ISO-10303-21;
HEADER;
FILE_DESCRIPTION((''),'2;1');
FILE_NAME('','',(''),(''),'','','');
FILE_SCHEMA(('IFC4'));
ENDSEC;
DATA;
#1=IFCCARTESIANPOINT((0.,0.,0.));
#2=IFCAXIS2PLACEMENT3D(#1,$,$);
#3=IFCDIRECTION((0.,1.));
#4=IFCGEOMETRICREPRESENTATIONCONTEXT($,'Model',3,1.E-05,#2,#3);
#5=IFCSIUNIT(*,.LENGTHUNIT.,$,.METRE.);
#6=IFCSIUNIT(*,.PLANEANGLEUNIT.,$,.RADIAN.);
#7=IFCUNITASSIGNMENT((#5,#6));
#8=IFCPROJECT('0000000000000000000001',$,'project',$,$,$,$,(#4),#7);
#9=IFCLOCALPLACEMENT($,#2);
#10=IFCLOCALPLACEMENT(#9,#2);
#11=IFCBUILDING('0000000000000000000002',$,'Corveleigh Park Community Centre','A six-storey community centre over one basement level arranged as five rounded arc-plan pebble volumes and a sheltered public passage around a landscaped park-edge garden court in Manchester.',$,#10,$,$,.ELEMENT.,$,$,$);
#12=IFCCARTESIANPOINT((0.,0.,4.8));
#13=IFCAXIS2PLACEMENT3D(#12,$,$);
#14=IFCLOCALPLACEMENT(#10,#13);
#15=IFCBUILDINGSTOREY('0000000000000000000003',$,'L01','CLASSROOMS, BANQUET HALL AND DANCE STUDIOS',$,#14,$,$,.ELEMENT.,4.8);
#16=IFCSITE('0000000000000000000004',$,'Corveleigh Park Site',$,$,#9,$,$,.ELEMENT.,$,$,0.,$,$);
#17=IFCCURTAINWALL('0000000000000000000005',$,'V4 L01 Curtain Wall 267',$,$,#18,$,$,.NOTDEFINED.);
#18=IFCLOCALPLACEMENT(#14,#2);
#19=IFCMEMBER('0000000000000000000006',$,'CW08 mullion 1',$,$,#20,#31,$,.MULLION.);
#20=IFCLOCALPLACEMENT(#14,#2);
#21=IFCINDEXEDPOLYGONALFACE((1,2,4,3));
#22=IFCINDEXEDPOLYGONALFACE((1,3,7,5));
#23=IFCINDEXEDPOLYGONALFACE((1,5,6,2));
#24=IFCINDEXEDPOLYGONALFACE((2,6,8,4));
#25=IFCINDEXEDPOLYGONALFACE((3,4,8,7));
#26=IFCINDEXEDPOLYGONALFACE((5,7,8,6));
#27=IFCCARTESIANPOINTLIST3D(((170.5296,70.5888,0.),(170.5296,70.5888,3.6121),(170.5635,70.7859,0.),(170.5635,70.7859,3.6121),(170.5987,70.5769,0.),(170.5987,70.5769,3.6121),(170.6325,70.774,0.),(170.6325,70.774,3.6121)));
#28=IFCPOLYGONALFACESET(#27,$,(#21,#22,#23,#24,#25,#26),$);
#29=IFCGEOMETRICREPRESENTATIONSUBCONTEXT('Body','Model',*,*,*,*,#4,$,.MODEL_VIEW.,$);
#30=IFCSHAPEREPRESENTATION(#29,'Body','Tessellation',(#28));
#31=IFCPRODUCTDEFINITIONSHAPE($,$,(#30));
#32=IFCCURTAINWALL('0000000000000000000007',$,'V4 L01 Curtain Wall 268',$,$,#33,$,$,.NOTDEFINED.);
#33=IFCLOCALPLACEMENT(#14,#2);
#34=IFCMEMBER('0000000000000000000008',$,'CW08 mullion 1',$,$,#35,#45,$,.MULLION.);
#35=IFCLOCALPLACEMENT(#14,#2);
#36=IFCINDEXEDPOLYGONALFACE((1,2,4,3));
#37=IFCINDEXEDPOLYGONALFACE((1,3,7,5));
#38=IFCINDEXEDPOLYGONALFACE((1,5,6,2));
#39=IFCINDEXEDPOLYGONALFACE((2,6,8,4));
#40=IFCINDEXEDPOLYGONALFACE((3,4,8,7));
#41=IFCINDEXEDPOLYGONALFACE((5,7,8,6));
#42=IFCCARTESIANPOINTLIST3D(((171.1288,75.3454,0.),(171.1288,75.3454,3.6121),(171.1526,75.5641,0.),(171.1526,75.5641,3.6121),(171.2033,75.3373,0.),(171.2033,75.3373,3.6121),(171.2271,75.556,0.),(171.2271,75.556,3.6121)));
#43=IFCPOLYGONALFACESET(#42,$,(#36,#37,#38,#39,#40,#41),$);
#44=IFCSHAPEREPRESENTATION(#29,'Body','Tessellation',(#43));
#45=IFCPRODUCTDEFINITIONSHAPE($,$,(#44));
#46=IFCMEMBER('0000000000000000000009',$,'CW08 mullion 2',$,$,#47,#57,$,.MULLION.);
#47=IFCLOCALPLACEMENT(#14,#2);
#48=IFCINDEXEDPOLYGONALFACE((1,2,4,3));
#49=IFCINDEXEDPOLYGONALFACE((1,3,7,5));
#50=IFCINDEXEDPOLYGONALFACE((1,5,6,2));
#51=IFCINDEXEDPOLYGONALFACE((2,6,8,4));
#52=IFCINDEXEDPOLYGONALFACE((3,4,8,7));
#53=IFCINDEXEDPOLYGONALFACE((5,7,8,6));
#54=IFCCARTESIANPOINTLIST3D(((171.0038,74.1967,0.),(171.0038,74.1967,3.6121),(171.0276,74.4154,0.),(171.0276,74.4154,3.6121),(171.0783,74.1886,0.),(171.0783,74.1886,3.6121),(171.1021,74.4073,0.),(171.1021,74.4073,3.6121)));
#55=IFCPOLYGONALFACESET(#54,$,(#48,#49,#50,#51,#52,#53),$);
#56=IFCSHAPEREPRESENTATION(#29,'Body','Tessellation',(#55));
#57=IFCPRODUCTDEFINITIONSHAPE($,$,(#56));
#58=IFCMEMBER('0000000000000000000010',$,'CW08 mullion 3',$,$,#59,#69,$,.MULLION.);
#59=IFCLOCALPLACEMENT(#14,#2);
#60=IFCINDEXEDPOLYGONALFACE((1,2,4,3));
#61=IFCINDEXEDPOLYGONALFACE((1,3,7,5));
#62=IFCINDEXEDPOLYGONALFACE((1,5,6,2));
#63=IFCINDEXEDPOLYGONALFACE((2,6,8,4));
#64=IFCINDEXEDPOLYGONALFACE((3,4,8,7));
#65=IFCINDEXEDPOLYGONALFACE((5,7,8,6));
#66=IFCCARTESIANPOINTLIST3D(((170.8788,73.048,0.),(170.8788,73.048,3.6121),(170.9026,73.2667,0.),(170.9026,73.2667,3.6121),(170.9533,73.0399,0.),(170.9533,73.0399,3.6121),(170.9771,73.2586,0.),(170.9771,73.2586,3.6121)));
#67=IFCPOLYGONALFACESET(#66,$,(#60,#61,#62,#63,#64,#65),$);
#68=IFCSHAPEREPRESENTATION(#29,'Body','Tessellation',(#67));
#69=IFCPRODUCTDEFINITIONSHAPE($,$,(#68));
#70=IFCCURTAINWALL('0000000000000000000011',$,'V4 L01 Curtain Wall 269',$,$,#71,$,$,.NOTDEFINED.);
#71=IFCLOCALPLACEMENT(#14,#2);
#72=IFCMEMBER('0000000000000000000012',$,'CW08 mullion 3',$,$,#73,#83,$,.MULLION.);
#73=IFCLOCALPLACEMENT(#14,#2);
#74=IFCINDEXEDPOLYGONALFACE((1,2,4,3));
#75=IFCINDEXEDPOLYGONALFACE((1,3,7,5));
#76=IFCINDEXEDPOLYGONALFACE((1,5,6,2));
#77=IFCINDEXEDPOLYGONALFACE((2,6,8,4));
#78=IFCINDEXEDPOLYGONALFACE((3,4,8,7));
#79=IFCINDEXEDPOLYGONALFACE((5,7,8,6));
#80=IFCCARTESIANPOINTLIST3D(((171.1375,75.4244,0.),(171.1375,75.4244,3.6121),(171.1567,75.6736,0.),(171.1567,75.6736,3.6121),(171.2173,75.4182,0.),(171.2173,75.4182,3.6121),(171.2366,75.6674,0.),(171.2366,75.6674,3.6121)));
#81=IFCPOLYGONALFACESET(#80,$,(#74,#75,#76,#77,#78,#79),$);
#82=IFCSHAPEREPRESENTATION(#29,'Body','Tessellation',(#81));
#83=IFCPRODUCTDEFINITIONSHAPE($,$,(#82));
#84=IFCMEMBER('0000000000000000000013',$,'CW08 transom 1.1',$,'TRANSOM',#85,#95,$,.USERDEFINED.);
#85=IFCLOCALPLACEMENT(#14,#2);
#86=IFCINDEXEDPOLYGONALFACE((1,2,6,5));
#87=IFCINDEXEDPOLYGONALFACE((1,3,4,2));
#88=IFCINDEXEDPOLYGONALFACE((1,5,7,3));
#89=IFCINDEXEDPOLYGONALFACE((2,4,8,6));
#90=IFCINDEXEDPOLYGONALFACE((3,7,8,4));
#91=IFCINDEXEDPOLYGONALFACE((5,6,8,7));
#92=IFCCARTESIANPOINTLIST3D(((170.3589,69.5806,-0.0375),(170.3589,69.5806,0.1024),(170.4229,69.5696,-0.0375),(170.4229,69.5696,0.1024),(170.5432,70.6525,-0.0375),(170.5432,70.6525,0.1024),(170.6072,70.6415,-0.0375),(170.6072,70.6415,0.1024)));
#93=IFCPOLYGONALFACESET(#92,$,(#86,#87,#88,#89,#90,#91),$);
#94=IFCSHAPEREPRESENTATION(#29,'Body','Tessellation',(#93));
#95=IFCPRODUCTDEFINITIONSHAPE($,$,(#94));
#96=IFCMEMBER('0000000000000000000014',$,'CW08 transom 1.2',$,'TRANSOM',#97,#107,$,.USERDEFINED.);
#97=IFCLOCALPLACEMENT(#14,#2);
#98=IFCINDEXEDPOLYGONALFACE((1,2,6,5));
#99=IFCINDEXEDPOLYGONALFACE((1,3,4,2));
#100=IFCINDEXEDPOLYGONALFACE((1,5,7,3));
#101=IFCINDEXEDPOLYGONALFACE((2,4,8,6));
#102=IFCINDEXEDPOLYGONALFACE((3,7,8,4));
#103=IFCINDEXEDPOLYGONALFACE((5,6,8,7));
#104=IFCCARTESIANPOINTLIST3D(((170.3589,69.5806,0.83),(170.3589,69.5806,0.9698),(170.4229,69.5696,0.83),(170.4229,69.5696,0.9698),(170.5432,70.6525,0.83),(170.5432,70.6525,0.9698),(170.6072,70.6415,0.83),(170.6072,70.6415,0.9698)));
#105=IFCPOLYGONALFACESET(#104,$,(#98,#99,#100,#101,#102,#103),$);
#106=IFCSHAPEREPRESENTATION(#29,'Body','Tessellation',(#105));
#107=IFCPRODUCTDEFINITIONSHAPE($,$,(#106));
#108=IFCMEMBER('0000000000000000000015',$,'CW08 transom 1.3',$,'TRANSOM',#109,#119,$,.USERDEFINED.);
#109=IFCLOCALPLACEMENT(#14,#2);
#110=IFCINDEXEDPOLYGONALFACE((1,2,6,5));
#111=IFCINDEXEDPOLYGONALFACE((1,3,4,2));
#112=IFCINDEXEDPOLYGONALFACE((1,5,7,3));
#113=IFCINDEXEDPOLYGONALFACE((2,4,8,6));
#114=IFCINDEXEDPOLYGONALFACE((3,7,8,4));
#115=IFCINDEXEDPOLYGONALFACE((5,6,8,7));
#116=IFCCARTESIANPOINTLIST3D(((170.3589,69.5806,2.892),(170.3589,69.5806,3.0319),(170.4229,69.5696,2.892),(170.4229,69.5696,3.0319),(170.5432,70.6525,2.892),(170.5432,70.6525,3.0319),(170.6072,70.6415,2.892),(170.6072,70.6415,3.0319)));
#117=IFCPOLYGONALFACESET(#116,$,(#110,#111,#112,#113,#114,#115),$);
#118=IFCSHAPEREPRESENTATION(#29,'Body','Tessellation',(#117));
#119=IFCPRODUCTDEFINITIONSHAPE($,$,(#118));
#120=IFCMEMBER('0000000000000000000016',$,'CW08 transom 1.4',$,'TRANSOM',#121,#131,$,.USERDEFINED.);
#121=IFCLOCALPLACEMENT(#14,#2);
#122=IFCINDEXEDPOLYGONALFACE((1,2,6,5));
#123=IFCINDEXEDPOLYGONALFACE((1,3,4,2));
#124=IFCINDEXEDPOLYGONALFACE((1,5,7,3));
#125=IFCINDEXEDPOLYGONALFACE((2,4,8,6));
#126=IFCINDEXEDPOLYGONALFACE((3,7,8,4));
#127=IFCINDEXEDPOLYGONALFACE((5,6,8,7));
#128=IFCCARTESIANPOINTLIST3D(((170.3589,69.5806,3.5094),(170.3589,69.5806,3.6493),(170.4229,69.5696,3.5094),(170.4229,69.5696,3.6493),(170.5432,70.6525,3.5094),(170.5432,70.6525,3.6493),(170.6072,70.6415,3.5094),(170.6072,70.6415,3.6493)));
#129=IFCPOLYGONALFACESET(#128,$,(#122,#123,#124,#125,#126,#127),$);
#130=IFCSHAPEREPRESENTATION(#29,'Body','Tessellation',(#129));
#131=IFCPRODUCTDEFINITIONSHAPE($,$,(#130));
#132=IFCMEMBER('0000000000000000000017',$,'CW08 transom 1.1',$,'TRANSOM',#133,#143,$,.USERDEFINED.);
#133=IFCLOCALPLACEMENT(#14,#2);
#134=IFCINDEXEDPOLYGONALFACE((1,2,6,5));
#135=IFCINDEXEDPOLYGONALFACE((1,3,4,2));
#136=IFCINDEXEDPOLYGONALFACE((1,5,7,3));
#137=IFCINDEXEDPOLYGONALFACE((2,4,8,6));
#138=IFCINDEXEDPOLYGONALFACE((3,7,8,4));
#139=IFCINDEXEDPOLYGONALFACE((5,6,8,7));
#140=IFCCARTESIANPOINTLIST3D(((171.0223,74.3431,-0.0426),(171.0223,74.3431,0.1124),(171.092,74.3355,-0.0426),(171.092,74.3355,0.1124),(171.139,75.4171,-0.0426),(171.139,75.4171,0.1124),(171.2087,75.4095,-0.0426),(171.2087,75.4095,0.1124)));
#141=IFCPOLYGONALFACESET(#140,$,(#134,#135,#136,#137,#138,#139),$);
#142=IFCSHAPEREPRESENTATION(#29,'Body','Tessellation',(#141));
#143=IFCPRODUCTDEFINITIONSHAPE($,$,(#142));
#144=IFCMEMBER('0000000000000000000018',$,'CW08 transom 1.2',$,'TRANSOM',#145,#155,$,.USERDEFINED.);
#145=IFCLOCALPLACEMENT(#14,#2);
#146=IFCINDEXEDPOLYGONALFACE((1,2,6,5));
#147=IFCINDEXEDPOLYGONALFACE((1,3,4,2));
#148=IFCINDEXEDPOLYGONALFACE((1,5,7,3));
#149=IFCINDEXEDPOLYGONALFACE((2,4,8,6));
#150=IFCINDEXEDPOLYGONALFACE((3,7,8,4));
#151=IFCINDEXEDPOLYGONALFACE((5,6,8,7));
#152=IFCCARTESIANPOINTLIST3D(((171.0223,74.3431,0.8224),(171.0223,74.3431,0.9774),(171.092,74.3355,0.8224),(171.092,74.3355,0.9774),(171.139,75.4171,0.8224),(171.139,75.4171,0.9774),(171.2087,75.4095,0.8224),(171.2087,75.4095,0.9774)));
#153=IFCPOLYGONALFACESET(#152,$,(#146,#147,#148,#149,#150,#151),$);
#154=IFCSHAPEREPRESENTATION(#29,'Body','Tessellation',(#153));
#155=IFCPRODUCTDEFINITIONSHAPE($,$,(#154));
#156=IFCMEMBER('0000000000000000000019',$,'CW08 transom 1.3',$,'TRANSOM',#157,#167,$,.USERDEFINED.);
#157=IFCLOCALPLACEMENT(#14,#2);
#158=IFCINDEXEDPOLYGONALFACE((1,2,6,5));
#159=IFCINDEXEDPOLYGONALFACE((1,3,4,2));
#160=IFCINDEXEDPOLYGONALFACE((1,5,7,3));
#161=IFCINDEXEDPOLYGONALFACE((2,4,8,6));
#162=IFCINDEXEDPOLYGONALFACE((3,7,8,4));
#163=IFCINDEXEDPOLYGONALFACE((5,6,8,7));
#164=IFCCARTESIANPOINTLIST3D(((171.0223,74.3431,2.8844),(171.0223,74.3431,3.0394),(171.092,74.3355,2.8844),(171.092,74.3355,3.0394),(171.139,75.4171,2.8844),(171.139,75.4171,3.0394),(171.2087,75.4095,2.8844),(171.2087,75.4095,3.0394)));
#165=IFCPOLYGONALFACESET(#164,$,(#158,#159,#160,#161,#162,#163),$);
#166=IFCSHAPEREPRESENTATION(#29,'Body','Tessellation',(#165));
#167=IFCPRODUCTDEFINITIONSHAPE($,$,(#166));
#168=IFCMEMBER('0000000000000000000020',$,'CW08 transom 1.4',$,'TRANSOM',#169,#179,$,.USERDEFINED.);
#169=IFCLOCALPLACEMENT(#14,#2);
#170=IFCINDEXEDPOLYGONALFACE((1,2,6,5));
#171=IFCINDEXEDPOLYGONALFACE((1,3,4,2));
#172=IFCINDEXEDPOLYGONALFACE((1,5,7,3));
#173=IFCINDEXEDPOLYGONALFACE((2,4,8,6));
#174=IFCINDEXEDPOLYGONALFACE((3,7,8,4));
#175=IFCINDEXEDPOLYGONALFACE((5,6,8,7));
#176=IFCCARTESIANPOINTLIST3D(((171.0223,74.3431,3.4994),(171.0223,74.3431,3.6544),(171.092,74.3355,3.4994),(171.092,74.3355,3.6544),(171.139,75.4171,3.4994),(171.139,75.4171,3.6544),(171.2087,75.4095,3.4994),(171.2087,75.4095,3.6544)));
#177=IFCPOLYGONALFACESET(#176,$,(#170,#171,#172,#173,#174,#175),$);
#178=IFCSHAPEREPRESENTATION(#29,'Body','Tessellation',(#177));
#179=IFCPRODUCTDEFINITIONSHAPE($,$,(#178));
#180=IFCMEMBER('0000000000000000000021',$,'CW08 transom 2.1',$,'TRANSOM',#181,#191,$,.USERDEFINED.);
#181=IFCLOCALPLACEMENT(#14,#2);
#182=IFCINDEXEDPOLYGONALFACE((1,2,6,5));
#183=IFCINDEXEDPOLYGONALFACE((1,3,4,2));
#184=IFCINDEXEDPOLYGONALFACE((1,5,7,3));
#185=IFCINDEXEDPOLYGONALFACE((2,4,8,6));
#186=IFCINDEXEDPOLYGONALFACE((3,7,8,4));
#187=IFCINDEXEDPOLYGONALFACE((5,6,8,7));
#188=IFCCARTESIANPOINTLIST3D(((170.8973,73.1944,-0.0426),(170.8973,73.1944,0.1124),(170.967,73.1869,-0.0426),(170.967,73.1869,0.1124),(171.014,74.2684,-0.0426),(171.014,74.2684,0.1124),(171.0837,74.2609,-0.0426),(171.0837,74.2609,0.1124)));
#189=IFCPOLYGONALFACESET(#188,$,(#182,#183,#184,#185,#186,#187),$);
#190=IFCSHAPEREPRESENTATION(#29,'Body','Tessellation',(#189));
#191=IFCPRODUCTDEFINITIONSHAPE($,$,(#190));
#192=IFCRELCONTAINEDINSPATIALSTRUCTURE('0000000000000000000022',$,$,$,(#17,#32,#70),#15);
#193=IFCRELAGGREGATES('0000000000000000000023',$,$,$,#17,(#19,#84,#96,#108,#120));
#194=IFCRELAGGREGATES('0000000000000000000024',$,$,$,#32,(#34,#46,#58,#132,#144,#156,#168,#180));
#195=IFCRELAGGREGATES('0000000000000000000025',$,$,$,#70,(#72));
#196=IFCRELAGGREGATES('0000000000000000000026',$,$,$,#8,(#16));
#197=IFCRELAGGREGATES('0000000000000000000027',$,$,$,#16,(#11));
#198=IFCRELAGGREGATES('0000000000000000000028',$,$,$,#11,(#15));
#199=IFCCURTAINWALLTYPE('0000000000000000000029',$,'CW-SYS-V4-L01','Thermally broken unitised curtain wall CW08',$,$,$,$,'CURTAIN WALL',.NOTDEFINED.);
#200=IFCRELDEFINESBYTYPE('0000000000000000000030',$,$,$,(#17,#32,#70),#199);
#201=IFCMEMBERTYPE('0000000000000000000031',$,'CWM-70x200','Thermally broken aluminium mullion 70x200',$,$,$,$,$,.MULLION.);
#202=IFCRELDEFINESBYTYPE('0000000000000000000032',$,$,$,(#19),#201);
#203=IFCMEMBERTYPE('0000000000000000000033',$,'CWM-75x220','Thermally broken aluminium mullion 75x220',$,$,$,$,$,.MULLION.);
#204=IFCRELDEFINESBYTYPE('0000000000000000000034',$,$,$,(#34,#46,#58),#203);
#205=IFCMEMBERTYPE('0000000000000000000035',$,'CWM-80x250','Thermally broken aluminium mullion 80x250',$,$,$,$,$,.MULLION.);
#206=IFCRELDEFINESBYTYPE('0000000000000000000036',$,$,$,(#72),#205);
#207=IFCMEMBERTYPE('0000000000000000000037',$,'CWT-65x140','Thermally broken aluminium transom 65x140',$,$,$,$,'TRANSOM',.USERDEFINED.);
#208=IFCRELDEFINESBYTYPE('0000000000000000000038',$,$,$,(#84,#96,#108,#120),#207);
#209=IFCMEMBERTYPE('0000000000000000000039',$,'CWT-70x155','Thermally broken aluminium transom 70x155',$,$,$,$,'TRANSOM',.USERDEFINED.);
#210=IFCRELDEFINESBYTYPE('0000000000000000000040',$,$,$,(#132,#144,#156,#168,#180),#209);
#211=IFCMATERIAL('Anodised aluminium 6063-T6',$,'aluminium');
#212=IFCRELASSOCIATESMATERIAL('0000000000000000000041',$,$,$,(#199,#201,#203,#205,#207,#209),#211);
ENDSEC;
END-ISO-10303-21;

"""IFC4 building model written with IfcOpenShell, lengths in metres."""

from ifc_helpers import new_model, si_unit, direction, frame, origin, origin_2d, place, context, subcontext, project, spatial, rectangle, extrude, material, material_profile, profile_set, type_object, element, aggregate, save


model = new_model("IFC4")

# Units and contexts
model_context = context("Model", 3, precision=1e-05, world=origin(), true_north=direction((0.0, 1.0)))
body_context = subcontext(model_context, "Body", "Model", "MODEL_VIEW")
ifc_project = project(units=[si_unit("LENGTHUNIT", "METRE"), si_unit("PLANEANGLEUNIT", "RADIAN")], contexts=[model_context])

# Site, building, storey
site_placement = place(None, origin())
site = spatial("IfcSite", under=ifc_project, at=site_placement, Name="Corveleigh Park Site", CompositionType="ELEMENT", RefElevation=0.0)
building_placement = place(site_placement, origin())
building = spatial("IfcBuilding", under=site, at=building_placement, Name="Corveleigh Park Community Centre", Description="A six-storey community centre over one basement level arranged as five rounded arc-plan pebble volumes and a sheltered public passage around a landscaped park-edge garden court in Manchester.", CompositionType="ELEMENT")
storey_placement = place(building_placement, frame((0.0, 0.0, 4.8)))
storey = spatial("IfcBuildingStorey", under=building, at=storey_placement, Name="L01", Description="CLASSROOMS, BANQUET HALL AND DANCE STUDIOS", CompositionType="ELEMENT", Elevation=4.8)

# Curtain wall, member
ifc_material_1 = material(Name="Anodised aluminium 6063-T6", Category="aluminium")
curtain_wall_type = type_object("IfcCurtainWallType", Name="CW-SYS-V4-L01", Description="Thermally broken unitised curtain wall CW08", ElementType="CURTAIN WALL", PredefinedType="NOTDEFINED", material=ifc_material_1)
curtain_wall_1_placement = place(storey_placement, origin())
curtain_wall_1 = element("IfcCurtainWall", 1, at=curtain_wall_1_placement, inside=storey, type_object=curtain_wall_type, Name="V4 L01 Curtain Wall 267", PredefinedType="NOTDEFINED")
ifc_material_profile_1 = material_profile(ifc_material_1, rectangle(XDim=0.0701, YDim=0.2, at=origin_2d()), Name="ALU-M70x200", Category="aluminium")
ifc_profile_set_1 = profile_set([ifc_material_profile_1], Name="Anodised aluminium 6063-T6")
member_type_1 = type_object("IfcMemberType", Name="CWM-70x200", Description="Thermally broken aluminium mullion 70x200", PredefinedType="MULLION", material=ifc_profile_set_1)
member_1_placement = place(storey_placement, frame((170.5811, 70.6814, 0.0), z_axis=(0.0, 0.0, 1.0), x_axis=(0.985554, -0.169359, 0.0)))
member_1 = element("IfcMember", 2, at=member_1_placement, type_object=member_type_1, Name="CW08 mullion 1", PredefinedType="MULLION", context=body_context, shape_type="SweptSolid", body=[
    extrude(rectangle(XDim=0.0701, YDim=0.2, at=origin_2d()), origin(), (0.0, 0.0, 1.0), 3.6121),
])

# Curtain wall, members
curtain_wall_2_placement = place(storey_placement, origin())
curtain_wall_2 = element("IfcCurtainWall", 3, at=curtain_wall_2_placement, inside=storey, type_object=curtain_wall_type, Name="V4 L01 Curtain Wall 268", PredefinedType="NOTDEFINED")
ifc_material_profile_2 = material_profile(ifc_material_1, rectangle(XDim=0.075, YDim=0.22, at=origin_2d()), Name="ALU-M75x220", Category="aluminium")
ifc_profile_set_2 = profile_set([ifc_material_profile_2], Name="Anodised aluminium 6063-T6")
member_type_2 = type_object("IfcMemberType", Name="CWM-75x220", Description="Thermally broken aluminium mullion 75x220", PredefinedType="MULLION", material=ifc_profile_set_2)
member_2_placement = place(storey_placement, frame((171.178, 75.4507, 0.0), z_axis=(0.0, 0.0, 1.0), x_axis=(0.994137, -0.108131, 0.0)))
member_2 = element("IfcMember", 4, at=member_2_placement, type_object=member_type_2, Name="CW08 mullion 1", PredefinedType="MULLION", context=body_context, shape_type="SweptSolid", body=[
    extrude(rectangle(XDim=0.075, YDim=0.22, at=origin_2d()), origin(), (0.0, 0.0, 1.0), 3.6121),
])
member_3_placement = place(storey_placement, frame((171.053, 74.302, 0.0), z_axis=(0.0, 0.0, 1.0), x_axis=(0.994137, -0.108131, 0.0)))
member_3 = element("IfcMember", 5, at=member_3_placement, type_object=member_type_2, Name="CW08 mullion 2", PredefinedType="MULLION", context=body_context, shape_type="SweptSolid", body=[
    extrude(rectangle(XDim=0.075, YDim=0.22, at=origin_2d()), origin(), (0.0, 0.0, 1.0), 3.6121),
])
member_4_placement = place(storey_placement, frame((170.928, 73.1533, 0.0), z_axis=(0.0, 0.0, 1.0), x_axis=(0.994137, -0.108131, 0.0)))
member_4 = element("IfcMember", 6, at=member_4_placement, type_object=member_type_2, Name="CW08 mullion 3", PredefinedType="MULLION", context=body_context, shape_type="SweptSolid", body=[
    extrude(rectangle(XDim=0.075, YDim=0.22, at=origin_2d()), origin(), (0.0, 0.0, 1.0), 3.6121),
])

# Curtain wall, member
curtain_wall_3_placement = place(storey_placement, origin())
curtain_wall_3 = element("IfcCurtainWall", 7, at=curtain_wall_3_placement, inside=storey, type_object=curtain_wall_type, Name="V4 L01 Curtain Wall 269", PredefinedType="NOTDEFINED")
ifc_material_profile_3 = material_profile(ifc_material_1, rectangle(XDim=0.0801, YDim=0.25, at=origin_2d()), Name="ALU-M80x250", Category="aluminium")
ifc_profile_set_3 = profile_set([ifc_material_profile_3], Name="Anodised aluminium 6063-T6")
member_type_3 = type_object("IfcMemberType", Name="CWM-80x250", Description="Thermally broken aluminium mullion 80x250", PredefinedType="MULLION", material=ifc_profile_set_3)
member_5_placement = place(storey_placement, frame((171.187, 75.5459, 0.0), z_axis=(0.0, 0.0, 1.0), x_axis=(0.997022, -0.077113, 0.0)))
member_5 = element("IfcMember", 8, at=member_5_placement, type_object=member_type_3, Name="CW08 mullion 3", PredefinedType="MULLION", context=body_context, shape_type="SweptSolid", body=[
    extrude(rectangle(XDim=0.0801, YDim=0.25, at=origin_2d()), origin(), (0.0, 0.0, 1.0), 3.6121),
])

# Members
ifc_material_profile_4 = material_profile(ifc_material_1, rectangle(XDim=0.0649, YDim=0.1399, at=origin_2d()), Name="ALU-T65x140", Category="aluminium")
ifc_profile_set_4 = profile_set([ifc_material_profile_4], Name="Anodised aluminium 6063-T6")
member_type_4 = type_object("IfcMemberType", Name="CWT-65x140", Description="Thermally broken aluminium transom 65x140", ElementType="TRANSOM", PredefinedType="USERDEFINED", material=ifc_profile_set_4)
member_6_placement = place(storey_placement, frame((170.5752, 70.647, 0.0325), z_axis=(-0.169456, -0.985538, 0.0), x_axis=(0.985538, -0.169456, 0.0)))
member_6 = element("IfcMember", 9, at=member_6_placement, type_object=member_type_4, Name="CW08 transom 1.1", ObjectType="TRANSOM", PredefinedType="USERDEFINED", context=body_context, shape_type="SweptSolid", body=[
    extrude(rectangle(XDim=0.0649, YDim=0.1399, at=origin_2d()), origin(), (0.0, 0.0, 1.0), 1.0876),
])
member_7_placement = place(storey_placement, frame((170.5752, 70.647, 0.8999), z_axis=(-0.169456, -0.985538, 0.0), x_axis=(0.985538, -0.169456, 0.0)))
member_7 = element("IfcMember", 10, at=member_7_placement, type_object=member_type_4, Name="CW08 transom 1.2", ObjectType="TRANSOM", PredefinedType="USERDEFINED", context=body_context, shape_type="SweptSolid", body=[
    extrude(rectangle(XDim=0.0649, YDim=0.1399, at=origin_2d()), origin(), (0.0, 0.0, 1.0), 1.0876),
])
member_8_placement = place(storey_placement, frame((170.5752, 70.647, 2.9619), z_axis=(-0.169456, -0.985538, 0.0), x_axis=(0.985538, -0.169456, 0.0)))
member_8 = element("IfcMember", 11, at=member_8_placement, type_object=member_type_4, Name="CW08 transom 1.3", ObjectType="TRANSOM", PredefinedType="USERDEFINED", context=body_context, shape_type="SweptSolid", body=[
    extrude(rectangle(XDim=0.0649, YDim=0.1399, at=origin_2d()), origin(), (0.0, 0.0, 1.0), 1.0876),
])
member_9_placement = place(storey_placement, frame((170.5752, 70.647, 3.5793), z_axis=(-0.169456, -0.985538, 0.0), x_axis=(0.985538, -0.169456, 0.0)))
member_9 = element("IfcMember", 12, at=member_9_placement, type_object=member_type_4, Name="CW08 transom 1.4", ObjectType="TRANSOM", PredefinedType="USERDEFINED", context=body_context, shape_type="SweptSolid", body=[
    extrude(rectangle(XDim=0.0649, YDim=0.1399, at=origin_2d()), origin(), (0.0, 0.0, 1.0), 1.0876),
])
ifc_material_profile_5 = material_profile(ifc_material_1, rectangle(XDim=0.0701, YDim=0.155, at=origin_2d()), Name="ALU-T70x155", Category="aluminium")
ifc_profile_set_5 = profile_set([ifc_material_profile_5], Name="Anodised aluminium 6063-T6")
member_type_5 = type_object("IfcMemberType", Name="CWT-70x155", Description="Thermally broken aluminium transom 70x155", ElementType="TRANSOM", PredefinedType="USERDEFINED", material=ifc_profile_set_5)
member_10_placement = place(storey_placement, frame((171.1738, 75.4133, 0.0349), z_axis=(-0.108025, -0.994148, 0.0), x_axis=(0.994148, -0.108025, 0.0)))
member_10 = element("IfcMember", 13, at=member_10_placement, type_object=member_type_5, Name="CW08 transom 1.1", ObjectType="TRANSOM", PredefinedType="USERDEFINED", context=body_context, shape_type="SweptSolid", body=[
    extrude(rectangle(XDim=0.0701, YDim=0.155, at=origin_2d()), origin(), (0.0, 0.0, 1.0), 1.0803),
])
member_11_placement = place(storey_placement, frame((171.1738, 75.4133, 0.8999), z_axis=(-0.108025, -0.994148, 0.0), x_axis=(0.994148, -0.108025, 0.0)))
member_11 = element("IfcMember", 14, at=member_11_placement, type_object=member_type_5, Name="CW08 transom 1.2", ObjectType="TRANSOM", PredefinedType="USERDEFINED", context=body_context, shape_type="SweptSolid", body=[
    extrude(rectangle(XDim=0.0701, YDim=0.155, at=origin_2d()), origin(), (0.0, 0.0, 1.0), 1.0803),
])
member_12_placement = place(storey_placement, frame((171.1738, 75.4133, 2.9619), z_axis=(-0.108025, -0.994148, 0.0), x_axis=(0.994148, -0.108025, 0.0)))
member_12 = element("IfcMember", 15, at=member_12_placement, type_object=member_type_5, Name="CW08 transom 1.3", ObjectType="TRANSOM", PredefinedType="USERDEFINED", context=body_context, shape_type="SweptSolid", body=[
    extrude(rectangle(XDim=0.0701, YDim=0.155, at=origin_2d()), origin(), (0.0, 0.0, 1.0), 1.0803),
])
member_13_placement = place(storey_placement, frame((171.1738, 75.4133, 3.5769), z_axis=(-0.108025, -0.994148, 0.0), x_axis=(0.994148, -0.108025, 0.0)))
member_13 = element("IfcMember", 16, at=member_13_placement, type_object=member_type_5, Name="CW08 transom 1.4", ObjectType="TRANSOM", PredefinedType="USERDEFINED", context=body_context, shape_type="SweptSolid", body=[
    extrude(rectangle(XDim=0.0701, YDim=0.155, at=origin_2d()), origin(), (0.0, 0.0, 1.0), 1.0803),
])
member_14_placement = place(storey_placement, frame((171.0488, 74.2646, 0.0349), z_axis=(-0.108025, -0.994148, 0.0), x_axis=(0.994148, -0.108025, 0.0)))
member_14 = element("IfcMember", 17, at=member_14_placement, type_object=member_type_5, Name="CW08 transom 2.1", ObjectType="TRANSOM", PredefinedType="USERDEFINED", context=body_context, shape_type="SweptSolid", body=[
    extrude(rectangle(XDim=0.0701, YDim=0.155, at=origin_2d()), origin(), (0.0, 0.0, 1.0), 1.0803),
])

aggregate(curtain_wall_1, [member_1, member_6, member_7, member_8, member_9])
aggregate(curtain_wall_2, [member_2, member_3, member_4, member_10, member_11, member_12, member_13, member_14])
aggregate(curtain_wall_3, [member_5])

save(model, "model.ifc")
